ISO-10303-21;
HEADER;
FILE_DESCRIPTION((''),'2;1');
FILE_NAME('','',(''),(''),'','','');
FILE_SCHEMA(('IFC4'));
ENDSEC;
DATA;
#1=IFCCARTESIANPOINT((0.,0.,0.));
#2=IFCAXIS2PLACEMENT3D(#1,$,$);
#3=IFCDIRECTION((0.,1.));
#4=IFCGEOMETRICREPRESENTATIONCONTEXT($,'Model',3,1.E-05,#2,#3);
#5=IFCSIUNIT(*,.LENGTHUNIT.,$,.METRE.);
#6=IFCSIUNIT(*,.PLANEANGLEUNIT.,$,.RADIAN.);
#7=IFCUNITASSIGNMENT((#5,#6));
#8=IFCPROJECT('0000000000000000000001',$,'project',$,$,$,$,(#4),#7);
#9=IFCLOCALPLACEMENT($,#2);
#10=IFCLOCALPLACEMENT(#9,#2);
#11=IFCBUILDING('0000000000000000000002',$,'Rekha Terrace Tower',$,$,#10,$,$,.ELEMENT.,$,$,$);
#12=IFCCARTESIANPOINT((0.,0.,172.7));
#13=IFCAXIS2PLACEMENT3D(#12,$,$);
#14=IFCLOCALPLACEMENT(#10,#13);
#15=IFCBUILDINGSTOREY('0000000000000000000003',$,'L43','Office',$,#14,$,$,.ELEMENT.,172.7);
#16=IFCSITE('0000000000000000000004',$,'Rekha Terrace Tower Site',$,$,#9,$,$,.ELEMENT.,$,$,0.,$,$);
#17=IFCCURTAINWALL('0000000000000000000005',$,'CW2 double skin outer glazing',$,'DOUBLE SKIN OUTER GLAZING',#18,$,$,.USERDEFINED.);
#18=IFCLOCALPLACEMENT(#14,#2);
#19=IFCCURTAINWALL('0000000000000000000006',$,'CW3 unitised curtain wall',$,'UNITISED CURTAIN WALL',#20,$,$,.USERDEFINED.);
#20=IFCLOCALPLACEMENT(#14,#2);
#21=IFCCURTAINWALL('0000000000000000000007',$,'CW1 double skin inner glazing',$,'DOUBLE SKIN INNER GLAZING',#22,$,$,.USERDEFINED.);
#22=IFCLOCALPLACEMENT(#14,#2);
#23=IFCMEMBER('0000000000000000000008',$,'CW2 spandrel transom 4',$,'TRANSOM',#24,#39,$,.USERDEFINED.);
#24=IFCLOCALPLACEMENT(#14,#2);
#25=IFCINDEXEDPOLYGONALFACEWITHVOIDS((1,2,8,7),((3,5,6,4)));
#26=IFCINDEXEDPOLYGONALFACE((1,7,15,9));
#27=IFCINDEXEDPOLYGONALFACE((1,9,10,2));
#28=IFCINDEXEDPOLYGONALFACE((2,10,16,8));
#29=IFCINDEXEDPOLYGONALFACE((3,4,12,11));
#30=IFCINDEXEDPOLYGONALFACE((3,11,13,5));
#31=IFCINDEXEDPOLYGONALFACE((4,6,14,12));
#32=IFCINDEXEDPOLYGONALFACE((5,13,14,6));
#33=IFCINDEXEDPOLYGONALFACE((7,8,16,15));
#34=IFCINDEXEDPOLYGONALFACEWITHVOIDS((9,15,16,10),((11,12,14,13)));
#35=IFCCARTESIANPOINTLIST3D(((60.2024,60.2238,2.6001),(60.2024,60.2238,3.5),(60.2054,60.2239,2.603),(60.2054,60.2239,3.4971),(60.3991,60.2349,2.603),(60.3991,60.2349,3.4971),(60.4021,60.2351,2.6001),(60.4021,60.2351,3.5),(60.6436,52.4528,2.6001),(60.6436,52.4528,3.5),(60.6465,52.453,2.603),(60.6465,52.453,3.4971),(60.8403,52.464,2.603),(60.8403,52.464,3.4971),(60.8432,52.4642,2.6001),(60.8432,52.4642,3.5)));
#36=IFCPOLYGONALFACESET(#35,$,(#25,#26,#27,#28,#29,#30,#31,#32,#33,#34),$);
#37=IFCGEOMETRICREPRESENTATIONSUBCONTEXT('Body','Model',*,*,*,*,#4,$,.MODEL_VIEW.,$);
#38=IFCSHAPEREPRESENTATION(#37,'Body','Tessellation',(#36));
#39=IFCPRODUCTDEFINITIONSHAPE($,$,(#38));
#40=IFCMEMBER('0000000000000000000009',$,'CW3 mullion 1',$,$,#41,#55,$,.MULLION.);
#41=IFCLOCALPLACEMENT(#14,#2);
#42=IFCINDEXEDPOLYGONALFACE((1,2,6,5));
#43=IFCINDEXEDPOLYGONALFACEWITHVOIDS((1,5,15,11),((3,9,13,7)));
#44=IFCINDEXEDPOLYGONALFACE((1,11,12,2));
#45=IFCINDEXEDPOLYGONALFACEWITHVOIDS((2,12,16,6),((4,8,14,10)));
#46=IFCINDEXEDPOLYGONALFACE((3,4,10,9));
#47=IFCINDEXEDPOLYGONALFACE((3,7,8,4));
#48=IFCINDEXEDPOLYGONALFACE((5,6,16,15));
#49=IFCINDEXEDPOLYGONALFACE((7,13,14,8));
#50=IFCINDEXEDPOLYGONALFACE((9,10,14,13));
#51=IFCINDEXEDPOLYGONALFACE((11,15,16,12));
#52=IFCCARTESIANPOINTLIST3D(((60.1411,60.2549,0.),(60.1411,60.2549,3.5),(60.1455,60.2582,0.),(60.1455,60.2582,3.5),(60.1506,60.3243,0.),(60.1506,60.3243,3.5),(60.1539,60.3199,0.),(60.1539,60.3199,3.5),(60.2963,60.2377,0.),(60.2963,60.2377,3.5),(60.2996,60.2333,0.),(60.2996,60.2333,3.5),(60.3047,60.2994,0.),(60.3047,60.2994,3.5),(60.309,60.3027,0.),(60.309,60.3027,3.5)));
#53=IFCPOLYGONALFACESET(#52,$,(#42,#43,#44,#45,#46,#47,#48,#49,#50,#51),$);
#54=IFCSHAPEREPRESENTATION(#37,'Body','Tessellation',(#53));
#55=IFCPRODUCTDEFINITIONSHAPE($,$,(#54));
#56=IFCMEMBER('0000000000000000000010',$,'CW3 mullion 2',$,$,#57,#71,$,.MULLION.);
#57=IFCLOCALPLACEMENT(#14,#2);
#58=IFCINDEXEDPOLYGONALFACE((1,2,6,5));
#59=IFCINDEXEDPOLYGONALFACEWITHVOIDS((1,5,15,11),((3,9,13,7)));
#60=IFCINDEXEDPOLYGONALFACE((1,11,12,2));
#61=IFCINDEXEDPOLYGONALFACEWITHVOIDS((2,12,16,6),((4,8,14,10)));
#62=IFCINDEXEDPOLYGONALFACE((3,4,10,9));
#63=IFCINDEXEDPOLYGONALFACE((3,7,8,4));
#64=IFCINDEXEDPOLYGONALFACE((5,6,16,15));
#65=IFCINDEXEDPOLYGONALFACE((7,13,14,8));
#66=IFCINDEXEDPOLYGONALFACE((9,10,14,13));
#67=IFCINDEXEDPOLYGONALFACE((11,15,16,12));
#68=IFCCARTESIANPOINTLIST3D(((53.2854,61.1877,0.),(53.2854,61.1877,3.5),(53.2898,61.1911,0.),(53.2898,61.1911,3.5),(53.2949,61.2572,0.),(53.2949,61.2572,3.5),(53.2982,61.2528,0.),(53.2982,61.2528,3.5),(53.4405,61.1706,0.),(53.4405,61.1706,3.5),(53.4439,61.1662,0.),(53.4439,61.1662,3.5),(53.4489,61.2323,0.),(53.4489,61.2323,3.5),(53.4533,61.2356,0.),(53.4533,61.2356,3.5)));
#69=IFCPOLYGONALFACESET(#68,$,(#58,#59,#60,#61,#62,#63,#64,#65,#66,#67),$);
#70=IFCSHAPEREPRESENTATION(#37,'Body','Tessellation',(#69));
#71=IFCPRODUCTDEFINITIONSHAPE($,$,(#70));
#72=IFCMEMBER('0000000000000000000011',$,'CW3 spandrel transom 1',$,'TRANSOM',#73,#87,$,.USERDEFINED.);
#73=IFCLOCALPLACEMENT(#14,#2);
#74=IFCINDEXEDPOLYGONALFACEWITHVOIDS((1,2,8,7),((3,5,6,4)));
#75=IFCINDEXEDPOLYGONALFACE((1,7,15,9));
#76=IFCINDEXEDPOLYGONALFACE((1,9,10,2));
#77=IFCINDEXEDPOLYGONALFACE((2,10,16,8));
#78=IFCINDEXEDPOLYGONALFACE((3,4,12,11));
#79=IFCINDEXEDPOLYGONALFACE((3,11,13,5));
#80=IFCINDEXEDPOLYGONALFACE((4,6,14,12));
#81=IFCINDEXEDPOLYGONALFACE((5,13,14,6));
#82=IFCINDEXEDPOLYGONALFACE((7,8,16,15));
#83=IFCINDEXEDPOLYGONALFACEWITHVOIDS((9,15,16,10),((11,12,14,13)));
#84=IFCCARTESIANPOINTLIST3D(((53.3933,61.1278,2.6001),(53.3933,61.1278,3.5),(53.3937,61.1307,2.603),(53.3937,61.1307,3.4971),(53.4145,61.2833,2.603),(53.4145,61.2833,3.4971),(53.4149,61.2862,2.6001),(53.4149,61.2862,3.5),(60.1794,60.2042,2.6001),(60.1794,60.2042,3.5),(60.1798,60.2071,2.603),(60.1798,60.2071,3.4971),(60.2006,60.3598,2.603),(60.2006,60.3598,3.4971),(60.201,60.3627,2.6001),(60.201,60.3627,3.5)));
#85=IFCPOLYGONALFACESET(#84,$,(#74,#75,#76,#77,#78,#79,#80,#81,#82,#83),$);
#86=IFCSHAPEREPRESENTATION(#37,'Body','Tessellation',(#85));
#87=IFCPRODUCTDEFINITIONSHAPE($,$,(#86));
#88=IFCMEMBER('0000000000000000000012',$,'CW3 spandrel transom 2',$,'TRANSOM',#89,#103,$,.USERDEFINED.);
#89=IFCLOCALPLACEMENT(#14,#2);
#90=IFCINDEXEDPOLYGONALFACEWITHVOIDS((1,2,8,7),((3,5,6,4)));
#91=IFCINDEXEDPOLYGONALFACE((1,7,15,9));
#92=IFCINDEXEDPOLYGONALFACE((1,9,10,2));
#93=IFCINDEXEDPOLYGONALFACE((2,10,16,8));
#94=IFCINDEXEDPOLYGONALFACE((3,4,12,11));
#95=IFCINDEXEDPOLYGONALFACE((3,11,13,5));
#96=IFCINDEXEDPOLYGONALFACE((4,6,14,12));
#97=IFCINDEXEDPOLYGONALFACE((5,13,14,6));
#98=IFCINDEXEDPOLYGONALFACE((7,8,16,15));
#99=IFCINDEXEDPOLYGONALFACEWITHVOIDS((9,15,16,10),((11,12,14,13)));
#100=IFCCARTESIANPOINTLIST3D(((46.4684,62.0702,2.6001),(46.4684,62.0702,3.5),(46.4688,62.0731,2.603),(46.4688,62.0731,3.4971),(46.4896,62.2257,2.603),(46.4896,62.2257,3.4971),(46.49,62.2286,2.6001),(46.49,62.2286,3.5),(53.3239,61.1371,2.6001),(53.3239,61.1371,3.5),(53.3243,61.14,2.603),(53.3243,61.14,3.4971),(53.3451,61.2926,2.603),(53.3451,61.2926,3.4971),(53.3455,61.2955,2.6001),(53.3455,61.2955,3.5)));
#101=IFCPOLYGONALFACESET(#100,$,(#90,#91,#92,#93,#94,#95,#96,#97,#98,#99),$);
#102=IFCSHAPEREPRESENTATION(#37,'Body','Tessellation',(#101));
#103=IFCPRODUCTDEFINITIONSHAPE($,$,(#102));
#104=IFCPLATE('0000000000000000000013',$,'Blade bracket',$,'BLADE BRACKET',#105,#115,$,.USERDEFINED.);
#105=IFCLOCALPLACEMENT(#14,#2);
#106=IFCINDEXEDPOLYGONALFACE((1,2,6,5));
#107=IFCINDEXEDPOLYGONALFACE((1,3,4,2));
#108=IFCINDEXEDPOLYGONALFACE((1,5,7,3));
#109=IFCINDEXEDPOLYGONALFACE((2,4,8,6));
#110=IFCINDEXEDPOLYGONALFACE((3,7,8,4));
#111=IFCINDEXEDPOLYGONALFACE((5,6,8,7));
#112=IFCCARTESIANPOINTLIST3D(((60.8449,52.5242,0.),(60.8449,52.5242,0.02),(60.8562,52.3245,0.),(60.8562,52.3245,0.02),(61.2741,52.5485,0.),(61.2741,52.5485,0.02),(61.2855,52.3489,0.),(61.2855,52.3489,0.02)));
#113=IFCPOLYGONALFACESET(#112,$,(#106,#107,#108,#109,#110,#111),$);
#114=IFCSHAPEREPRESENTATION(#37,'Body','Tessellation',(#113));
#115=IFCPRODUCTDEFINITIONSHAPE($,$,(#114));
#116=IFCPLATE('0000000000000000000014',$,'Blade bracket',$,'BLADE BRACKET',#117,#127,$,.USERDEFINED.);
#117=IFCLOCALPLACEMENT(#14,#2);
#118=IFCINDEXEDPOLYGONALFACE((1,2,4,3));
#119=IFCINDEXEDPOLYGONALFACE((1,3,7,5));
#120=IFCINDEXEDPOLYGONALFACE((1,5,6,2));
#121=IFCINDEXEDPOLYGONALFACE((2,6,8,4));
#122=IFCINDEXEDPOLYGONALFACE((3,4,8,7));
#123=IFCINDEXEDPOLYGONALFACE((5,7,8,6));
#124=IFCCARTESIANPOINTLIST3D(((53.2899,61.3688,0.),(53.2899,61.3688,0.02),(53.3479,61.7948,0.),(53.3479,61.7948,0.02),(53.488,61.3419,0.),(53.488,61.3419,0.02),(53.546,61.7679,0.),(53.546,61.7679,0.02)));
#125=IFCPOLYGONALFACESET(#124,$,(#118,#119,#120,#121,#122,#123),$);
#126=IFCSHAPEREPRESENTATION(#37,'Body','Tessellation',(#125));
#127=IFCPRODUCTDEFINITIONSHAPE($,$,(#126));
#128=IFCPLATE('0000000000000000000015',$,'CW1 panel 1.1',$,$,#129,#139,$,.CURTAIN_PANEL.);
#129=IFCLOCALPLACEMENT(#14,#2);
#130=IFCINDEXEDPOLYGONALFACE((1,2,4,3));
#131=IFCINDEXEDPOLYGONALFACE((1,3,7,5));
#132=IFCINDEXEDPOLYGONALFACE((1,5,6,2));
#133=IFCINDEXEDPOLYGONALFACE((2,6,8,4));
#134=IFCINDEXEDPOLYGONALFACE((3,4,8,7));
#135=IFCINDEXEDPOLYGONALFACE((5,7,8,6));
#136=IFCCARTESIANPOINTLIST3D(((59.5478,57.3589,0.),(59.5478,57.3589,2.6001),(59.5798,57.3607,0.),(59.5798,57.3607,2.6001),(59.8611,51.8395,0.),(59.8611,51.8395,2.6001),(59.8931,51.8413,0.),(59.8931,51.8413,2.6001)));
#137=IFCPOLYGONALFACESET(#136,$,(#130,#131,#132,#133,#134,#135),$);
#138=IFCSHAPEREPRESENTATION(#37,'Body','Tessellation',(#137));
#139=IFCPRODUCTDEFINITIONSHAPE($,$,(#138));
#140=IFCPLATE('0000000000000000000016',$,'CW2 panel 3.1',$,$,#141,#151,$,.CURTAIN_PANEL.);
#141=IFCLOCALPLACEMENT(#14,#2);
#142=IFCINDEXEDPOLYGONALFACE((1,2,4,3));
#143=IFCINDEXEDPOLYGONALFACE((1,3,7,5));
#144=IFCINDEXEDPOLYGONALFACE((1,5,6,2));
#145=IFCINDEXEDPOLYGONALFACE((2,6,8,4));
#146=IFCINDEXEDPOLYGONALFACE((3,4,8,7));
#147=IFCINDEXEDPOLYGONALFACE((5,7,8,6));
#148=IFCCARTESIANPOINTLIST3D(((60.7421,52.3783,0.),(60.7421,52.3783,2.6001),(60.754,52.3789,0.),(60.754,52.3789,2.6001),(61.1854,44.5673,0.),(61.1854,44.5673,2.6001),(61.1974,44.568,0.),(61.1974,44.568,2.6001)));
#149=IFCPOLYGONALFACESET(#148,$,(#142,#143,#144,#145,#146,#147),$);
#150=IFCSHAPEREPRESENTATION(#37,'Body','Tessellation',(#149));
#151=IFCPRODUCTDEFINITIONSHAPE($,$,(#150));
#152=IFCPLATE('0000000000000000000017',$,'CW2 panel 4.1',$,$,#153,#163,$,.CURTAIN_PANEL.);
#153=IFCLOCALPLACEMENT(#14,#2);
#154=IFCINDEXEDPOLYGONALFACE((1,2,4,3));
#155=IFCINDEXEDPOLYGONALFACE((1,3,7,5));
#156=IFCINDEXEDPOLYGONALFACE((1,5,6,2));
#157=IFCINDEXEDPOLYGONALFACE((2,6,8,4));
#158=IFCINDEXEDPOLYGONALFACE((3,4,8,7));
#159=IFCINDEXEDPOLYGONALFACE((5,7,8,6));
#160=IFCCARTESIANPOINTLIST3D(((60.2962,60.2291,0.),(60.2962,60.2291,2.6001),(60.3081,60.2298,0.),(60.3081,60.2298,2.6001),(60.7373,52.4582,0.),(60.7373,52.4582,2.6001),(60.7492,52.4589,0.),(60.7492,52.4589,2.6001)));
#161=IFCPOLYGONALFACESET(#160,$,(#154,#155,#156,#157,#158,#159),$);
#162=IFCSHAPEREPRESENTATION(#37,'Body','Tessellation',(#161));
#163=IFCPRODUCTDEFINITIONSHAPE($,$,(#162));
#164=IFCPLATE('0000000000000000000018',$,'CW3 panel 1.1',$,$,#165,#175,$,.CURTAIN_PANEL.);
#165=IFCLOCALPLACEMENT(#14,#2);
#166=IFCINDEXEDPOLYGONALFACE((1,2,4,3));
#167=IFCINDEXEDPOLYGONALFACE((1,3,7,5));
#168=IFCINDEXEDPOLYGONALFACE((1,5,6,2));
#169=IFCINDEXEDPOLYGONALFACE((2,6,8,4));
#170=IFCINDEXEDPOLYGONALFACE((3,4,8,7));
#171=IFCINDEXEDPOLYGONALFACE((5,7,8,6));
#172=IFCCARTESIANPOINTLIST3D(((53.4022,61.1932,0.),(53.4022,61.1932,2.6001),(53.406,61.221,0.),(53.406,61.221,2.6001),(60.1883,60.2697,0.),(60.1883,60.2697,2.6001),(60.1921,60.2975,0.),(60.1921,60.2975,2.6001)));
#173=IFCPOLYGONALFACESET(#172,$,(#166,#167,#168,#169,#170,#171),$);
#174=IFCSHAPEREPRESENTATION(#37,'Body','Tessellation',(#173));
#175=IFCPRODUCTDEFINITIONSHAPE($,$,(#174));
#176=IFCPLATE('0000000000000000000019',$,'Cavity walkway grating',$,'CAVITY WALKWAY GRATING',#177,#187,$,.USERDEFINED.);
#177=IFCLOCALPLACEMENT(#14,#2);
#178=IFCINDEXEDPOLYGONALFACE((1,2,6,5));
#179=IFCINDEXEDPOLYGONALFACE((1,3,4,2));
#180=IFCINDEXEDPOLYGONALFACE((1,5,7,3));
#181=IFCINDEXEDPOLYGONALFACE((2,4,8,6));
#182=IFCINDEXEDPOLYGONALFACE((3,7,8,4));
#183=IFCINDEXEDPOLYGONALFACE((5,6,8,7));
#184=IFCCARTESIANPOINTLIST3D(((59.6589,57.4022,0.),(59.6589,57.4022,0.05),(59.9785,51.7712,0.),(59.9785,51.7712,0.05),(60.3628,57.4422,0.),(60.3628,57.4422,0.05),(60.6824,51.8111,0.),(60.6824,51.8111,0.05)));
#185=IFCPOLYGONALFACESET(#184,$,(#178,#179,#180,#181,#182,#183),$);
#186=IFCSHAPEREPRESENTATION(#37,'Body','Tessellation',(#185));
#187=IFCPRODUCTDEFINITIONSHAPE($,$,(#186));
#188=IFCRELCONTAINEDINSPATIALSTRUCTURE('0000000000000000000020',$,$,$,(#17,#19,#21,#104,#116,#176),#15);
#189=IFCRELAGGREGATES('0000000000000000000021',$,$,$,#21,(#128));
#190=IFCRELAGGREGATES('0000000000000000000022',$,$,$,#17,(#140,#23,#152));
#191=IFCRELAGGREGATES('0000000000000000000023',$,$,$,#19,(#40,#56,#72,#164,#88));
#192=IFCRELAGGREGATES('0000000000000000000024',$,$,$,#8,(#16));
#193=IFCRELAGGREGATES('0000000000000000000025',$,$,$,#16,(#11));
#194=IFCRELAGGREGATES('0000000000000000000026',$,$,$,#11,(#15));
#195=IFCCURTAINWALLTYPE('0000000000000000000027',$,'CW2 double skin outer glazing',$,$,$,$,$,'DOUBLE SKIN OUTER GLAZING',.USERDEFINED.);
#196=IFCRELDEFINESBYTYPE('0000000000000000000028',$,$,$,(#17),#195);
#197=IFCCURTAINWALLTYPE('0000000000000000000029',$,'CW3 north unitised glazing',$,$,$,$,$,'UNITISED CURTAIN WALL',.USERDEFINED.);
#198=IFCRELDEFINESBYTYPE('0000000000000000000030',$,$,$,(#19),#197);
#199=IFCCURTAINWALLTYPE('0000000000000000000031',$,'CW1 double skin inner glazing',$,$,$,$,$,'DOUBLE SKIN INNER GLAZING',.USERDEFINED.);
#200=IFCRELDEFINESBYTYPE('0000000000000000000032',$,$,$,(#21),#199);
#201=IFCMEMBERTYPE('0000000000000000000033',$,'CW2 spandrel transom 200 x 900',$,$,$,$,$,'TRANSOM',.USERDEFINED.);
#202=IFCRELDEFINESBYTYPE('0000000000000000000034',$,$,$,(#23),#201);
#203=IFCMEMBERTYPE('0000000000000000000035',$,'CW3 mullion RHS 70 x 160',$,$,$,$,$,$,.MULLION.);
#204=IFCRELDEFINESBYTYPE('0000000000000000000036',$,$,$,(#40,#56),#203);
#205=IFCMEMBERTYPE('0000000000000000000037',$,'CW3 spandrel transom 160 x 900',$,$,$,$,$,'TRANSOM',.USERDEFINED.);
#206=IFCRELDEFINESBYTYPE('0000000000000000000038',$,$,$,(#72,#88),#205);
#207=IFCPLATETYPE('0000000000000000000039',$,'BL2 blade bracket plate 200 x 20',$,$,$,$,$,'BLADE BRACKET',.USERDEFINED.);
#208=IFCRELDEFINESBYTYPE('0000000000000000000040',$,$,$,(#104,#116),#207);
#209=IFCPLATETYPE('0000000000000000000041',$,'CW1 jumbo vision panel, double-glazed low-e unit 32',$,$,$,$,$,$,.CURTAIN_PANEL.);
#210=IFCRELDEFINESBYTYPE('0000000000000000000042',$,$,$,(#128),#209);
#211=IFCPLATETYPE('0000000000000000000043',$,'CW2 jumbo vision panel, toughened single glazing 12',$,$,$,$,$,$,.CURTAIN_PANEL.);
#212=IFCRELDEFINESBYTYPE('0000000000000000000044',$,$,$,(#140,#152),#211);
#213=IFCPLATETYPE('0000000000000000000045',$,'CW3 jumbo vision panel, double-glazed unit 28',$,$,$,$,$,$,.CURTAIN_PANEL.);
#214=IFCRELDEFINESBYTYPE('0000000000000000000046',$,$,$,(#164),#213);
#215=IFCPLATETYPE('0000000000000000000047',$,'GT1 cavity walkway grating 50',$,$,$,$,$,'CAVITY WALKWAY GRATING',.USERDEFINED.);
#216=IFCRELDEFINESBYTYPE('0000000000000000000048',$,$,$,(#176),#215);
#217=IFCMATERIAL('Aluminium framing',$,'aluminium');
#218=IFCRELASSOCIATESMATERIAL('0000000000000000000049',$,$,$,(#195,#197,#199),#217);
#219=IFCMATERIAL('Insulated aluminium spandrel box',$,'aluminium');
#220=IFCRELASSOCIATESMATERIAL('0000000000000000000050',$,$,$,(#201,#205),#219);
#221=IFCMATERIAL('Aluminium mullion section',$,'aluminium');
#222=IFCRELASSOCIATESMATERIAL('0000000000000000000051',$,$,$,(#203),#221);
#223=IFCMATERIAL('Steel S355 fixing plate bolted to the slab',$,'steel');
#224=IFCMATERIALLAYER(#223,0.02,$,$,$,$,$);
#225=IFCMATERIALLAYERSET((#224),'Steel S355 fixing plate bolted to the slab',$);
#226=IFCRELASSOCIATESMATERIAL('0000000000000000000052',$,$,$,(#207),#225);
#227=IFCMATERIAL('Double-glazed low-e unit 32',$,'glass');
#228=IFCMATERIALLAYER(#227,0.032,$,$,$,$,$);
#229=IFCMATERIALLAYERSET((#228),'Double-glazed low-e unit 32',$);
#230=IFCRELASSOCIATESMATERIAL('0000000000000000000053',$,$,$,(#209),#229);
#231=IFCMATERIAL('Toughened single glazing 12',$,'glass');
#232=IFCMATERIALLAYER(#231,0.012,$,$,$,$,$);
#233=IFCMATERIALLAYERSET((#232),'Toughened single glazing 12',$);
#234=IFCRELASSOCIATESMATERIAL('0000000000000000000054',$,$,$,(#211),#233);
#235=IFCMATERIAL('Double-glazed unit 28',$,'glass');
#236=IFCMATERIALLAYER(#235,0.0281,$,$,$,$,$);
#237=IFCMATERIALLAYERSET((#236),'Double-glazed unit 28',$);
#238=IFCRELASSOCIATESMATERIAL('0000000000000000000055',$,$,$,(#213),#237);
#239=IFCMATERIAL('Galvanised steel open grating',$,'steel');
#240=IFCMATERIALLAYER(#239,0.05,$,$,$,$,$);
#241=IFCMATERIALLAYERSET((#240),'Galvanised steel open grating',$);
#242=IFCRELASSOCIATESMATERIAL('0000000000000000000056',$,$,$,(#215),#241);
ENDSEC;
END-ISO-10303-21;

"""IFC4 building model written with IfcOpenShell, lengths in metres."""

from ifc_helpers import new_model, si_unit, direction, frame, origin, origin_2d, place, context, subcontext, project, spatial, rectangle, hollow_rectangle, extrude, material, layer, layer_set, material_profile, profile_set, type_object, element, aggregate, save


model = new_model("IFC4")

# Units and contexts
model_context = context("Model", 3, precision=1e-05, world=origin(), true_north=direction((0.0, 1.0)))
body_context = subcontext(model_context, "Body", "Model", "MODEL_VIEW")
ifc_project = project(units=[si_unit("LENGTHUNIT", "METRE"), si_unit("PLANEANGLEUNIT", "RADIAN")], contexts=[model_context])

# Site, building, storey
site_placement = place(None, origin())
site = spatial("IfcSite", under=ifc_project, at=site_placement, Name="Rekha Terrace Tower Site", CompositionType="ELEMENT", RefElevation=0.0)
building_placement = place(site_placement, origin())
building = spatial("IfcBuilding", under=site, at=building_placement, Name="Rekha Terrace Tower", CompositionType="ELEMENT")
storey_placement = place(building_placement, frame((0.0, 0.0, 172.7)))
storey = spatial("IfcBuildingStorey", under=building, at=storey_placement, Name="L43", Description="Office", CompositionType="ELEMENT", Elevation=172.7)

# Curtain walls
ifc_material_1 = material(Name="Aluminium framing", Category="aluminium")
curtain_wall_type_1 = type_object("IfcCurtainWallType", Name="CW2 double skin outer glazing", ElementType="DOUBLE SKIN OUTER GLAZING", PredefinedType="USERDEFINED", material=ifc_material_1)
curtain_wall_1_placement = place(storey_placement, origin())
curtain_wall_1 = element("IfcCurtainWall", 1, at=curtain_wall_1_placement, inside=storey, type_object=curtain_wall_type_1, Name="CW2 double skin outer glazing", ObjectType="DOUBLE SKIN OUTER GLAZING", PredefinedType="USERDEFINED")
curtain_wall_type_2 = type_object("IfcCurtainWallType", Name="CW3 north unitised glazing", ElementType="UNITISED CURTAIN WALL", PredefinedType="USERDEFINED", material=ifc_material_1)
curtain_wall_2_placement = place(storey_placement, origin())
curtain_wall_2 = element("IfcCurtainWall", 2, at=curtain_wall_2_placement, inside=storey, type_object=curtain_wall_type_2, Name="CW3 unitised curtain wall", ObjectType="UNITISED CURTAIN WALL", PredefinedType="USERDEFINED")
curtain_wall_type_3 = type_object("IfcCurtainWallType", Name="CW1 double skin inner glazing", ElementType="DOUBLE SKIN INNER GLAZING", PredefinedType="USERDEFINED", material=ifc_material_1)
ifc_material_2 = material(Name="Aluminium mullion section", Category="aluminium")

# Curtain wall
curtain_wall_3_placement = place(storey_placement, origin())
curtain_wall_3 = element("IfcCurtainWall", 3, at=curtain_wall_3_placement, inside=storey, type_object=curtain_wall_type_3, Name="CW1 double skin inner glazing", ObjectType="DOUBLE SKIN INNER GLAZING", PredefinedType="USERDEFINED")
ifc_material_3 = material(Name="Insulated aluminium spandrel box", Category="aluminium")

# Members
ifc_material_profile_1 = material_profile(ifc_material_3, hollow_rectangle(XDim=0.2, YDim=0.8999, WallThickness=0.0029, at=origin_2d()), Name="AL SPANDREL BOX 200x900")
ifc_profile_set_1 = profile_set([ifc_material_profile_1], Name="Insulated aluminium spandrel box")
member_type_1 = type_object("IfcMemberType", Name="CW2 spandrel transom 200 x 900", ElementType="TRANSOM", PredefinedType="USERDEFINED", material=ifc_profile_set_1)
member_1_placement = place(storey_placement, frame((60.7434, 52.4585, 3.05), z_axis=(-0.056679, 0.998392, 0.0), x_axis=(-0.998392, -0.056679, 0.0)))
member_1 = element("IfcMember", 4, at=member_1_placement, type_object=member_type_1, Name="CW2 spandrel transom 4", ObjectType="TRANSOM", PredefinedType="USERDEFINED", context=body_context, shape_type="SweptSolid", body=[
    extrude(hollow_rectangle(XDim=0.2, YDim=0.8999, WallThickness=0.0029, at=origin_2d()), origin(), (0.0, 0.0, 1.0), 7.7834),
])
ifc_material_profile_2 = material_profile(ifc_material_2, hollow_rectangle(XDim=0.0701, YDim=0.1599, WallThickness=0.0039, at=origin_2d()), Name="AL RHS 70x160")
ifc_profile_set_2 = profile_set([ifc_material_profile_2], Name="Aluminium mullion section")
member_type_2 = type_object("IfcMemberType", Name="CW3 mullion RHS 70 x 160", PredefinedType="MULLION", material=ifc_profile_set_2)
member_2_placement = place(storey_placement, frame((60.2251, 60.2788, 0.0), z_axis=(0.0, 0.0, 1.0), x_axis=(-0.134841, -0.990867, 0.0)))
member_2 = element("IfcMember", 5, at=member_2_placement, type_object=member_type_2, Name="CW3 mullion 1", PredefinedType="MULLION", context=body_context, shape_type="SweptSolid", body=[
    extrude(hollow_rectangle(XDim=0.0701, YDim=0.1599, WallThickness=0.0039, at=origin_2d()), origin(), (0.0, 0.0, 1.0), 3.5),
])
member_3_placement = place(storey_placement, frame((53.3694, 61.2117, 0.0), z_axis=(0.0, 0.0, 1.0), x_axis=(-0.134841, -0.990867, 0.0)))
member_3 = element("IfcMember", 6, at=member_3_placement, type_object=member_type_2, Name="CW3 mullion 2", PredefinedType="MULLION", context=body_context, shape_type="SweptSolid", body=[
    extrude(hollow_rectangle(XDim=0.0701, YDim=0.1599, WallThickness=0.0039, at=origin_2d()), origin(), (0.0, 0.0, 1.0), 3.5),
])
ifc_material_profile_3 = material_profile(ifc_material_3, hollow_rectangle(XDim=0.1599, YDim=0.8999, WallThickness=0.0029, at=origin_2d()), Name="AL SPANDREL BOX 160x900")
ifc_profile_set_3 = profile_set([ifc_material_profile_3], Name="Insulated aluminium spandrel box")
member_type_3 = type_object("IfcMemberType", Name="CW3 spandrel transom 160 x 900", ElementType="TRANSOM", PredefinedType="USERDEFINED", material=ifc_profile_set_3)
member_4_placement = place(storey_placement, frame((60.1902, 60.2834, 3.05), z_axis=(-0.990865, 0.134855, 0.0), x_axis=(-0.134855, -0.990865, 0.0)))
member_4 = element("IfcMember", 7, at=member_4_placement, type_object=member_type_3, Name="CW3 spandrel transom 1", ObjectType="TRANSOM", PredefinedType="USERDEFINED", context=body_context, shape_type="SweptSolid", body=[
    extrude(hollow_rectangle(XDim=0.1599, YDim=0.8999, WallThickness=0.0029, at=origin_2d()), origin(), (0.0, 0.0, 1.0), 6.8486),
])
member_5_placement = place(storey_placement, frame((53.3347, 61.2163, 3.05), z_axis=(-0.990864, 0.134868, 0.0), x_axis=(-0.134868, -0.990864, 0.0)))
member_5 = element("IfcMember", 8, at=member_5_placement, type_object=member_type_3, Name="CW3 spandrel transom 2", ObjectType="TRANSOM", PredefinedType="USERDEFINED", context=body_context, shape_type="SweptSolid", body=[
    extrude(hollow_rectangle(XDim=0.1599, YDim=0.8999, WallThickness=0.0029, at=origin_2d()), origin(), (0.0, 0.0, 1.0), 6.9187),
])

# Plates
ifc_material_4 = material(Name="Steel S355 fixing plate bolted to the slab", Category="steel")
ifc_layer_1 = layer(ifc_material_4, 0.02)
ifc_layer_set_1 = layer_set([ifc_layer_1], Name="Steel S355 fixing plate bolted to the slab")
plate_type_1 = type_object("IfcPlateType", Name="BL2 blade bracket plate 200 x 20", ElementType="BLADE BRACKET", PredefinedType="USERDEFINED", material=ifc_layer_set_1)
for number, where, z_axis, x_axis, name in (
    (9, (61.0652, 52.4365, 0.0), (0.0, 0.0, 1.0), (0.998393, 0.056674, 0.0), "Blade bracket"),
    (10, (53.418, 61.5684, 0.0), (0.0, 0.0, 1.0), (0.134841, 0.990867, 0.0), "Blade bracket"),
):
    element("IfcPlate", number, at=place(storey_placement, frame(where, z_axis=z_axis, x_axis=x_axis)), inside=storey, type_object=plate_type_1, Name=name, ObjectType="BLADE BRACKET", PredefinedType="USERDEFINED", context=body_context, shape_type="SweptSolid", body=[
        extrude(rectangle(XDim=0.4299, YDim=0.2, at=origin_2d()), origin(), (0.0, 0.0, 1.0), 0.02),
    ])

# Plates
ifc_material_5 = material(Name="Double-glazed low-e unit 32", Category="glass")
ifc_layer_2 = layer(ifc_material_5, 0.032)
ifc_layer_set_2 = layer_set([ifc_layer_2], Name="Double-glazed low-e unit 32")
plate_type_2 = type_object("IfcPlateType", Name="CW1 jumbo vision panel, double-glazed low-e unit 32", PredefinedType="CURTAIN_PANEL", material=ifc_layer_set_2)
plate_1_placement = place(storey_placement, frame((59.7205, 54.6001, 0.0), z_axis=(0.0, 0.0, 1.0), x_axis=(-0.056673, 0.998393, 0.0)))
plate_1 = element("IfcPlate", 11, at=plate_1_placement, type_object=plate_type_2, Name="CW1 panel 1.1", PredefinedType="CURTAIN_PANEL", context=body_context, shape_type="SweptSolid", body=[
    extrude(rectangle(XDim=5.5283, YDim=0.032, at=origin_2d()), origin(), (0.0, 0.0, 1.0), 2.6001),
])
aggregate(curtain_wall_3, [plate_1])
ifc_material_6 = material(Name="Toughened single glazing 12", Category="glass")
ifc_layer_3 = layer(ifc_material_6, 0.012)
ifc_layer_set_3 = layer_set([ifc_layer_3], Name="Toughened single glazing 12")
plate_type_3 = type_object("IfcPlateType", Name="CW2 jumbo vision panel, toughened single glazing 12", PredefinedType="CURTAIN_PANEL", material=ifc_layer_set_3)
plate_2_placement = place(storey_placement, frame((60.9697, 48.4731, 0.0), z_axis=(0.0, 0.0, 1.0), x_axis=(-0.056673, 0.998393, 0.0)))
plate_2 = element("IfcPlate", 12, at=plate_2_placement, type_object=plate_type_3, Name="CW2 panel 3.1", PredefinedType="CURTAIN_PANEL", context=body_context, shape_type="SweptSolid", body=[
    extrude(rectangle(XDim=7.8235, YDim=0.012, at=origin_2d()), origin(), (0.0, 0.0, 1.0), 2.6001),
])
plate_3_placement = place(storey_placement, frame((60.5227, 56.344, 0.0), z_axis=(0.0, 0.0, 1.0), x_axis=(-0.056673, 0.998393, 0.0)))
plate_3 = element("IfcPlate", 13, at=plate_3_placement, type_object=plate_type_3, Name="CW2 panel 4.1", PredefinedType="CURTAIN_PANEL", context=body_context, shape_type="SweptSolid", body=[
    extrude(rectangle(XDim=7.7834, YDim=0.012, at=origin_2d()), origin(), (0.0, 0.0, 1.0), 2.6001),
])
aggregate(curtain_wall_1, [plate_2, member_1, plate_3])
ifc_material_7 = material(Name="Double-glazed unit 28", Category="glass")
ifc_layer_4 = layer(ifc_material_7, 0.0281)
ifc_layer_set_4 = layer_set([ifc_layer_4], Name="Double-glazed unit 28")
plate_type_4 = type_object("IfcPlateType", Name="CW3 jumbo vision panel, double-glazed unit 28", PredefinedType="CURTAIN_PANEL", material=ifc_layer_set_4)
plate_4_placement = place(storey_placement, frame((56.7971, 60.7454, 0.0), z_axis=(0.0, 0.0, 1.0), x_axis=(-0.990867, 0.134841, 0.0)))
plate_4 = element("IfcPlate", 14, at=plate_4_placement, type_object=plate_type_4, Name="CW3 panel 1.1", PredefinedType="CURTAIN_PANEL", context=body_context, shape_type="SweptSolid", body=[
    extrude(rectangle(XDim=6.8486, YDim=0.0281, at=origin_2d()), origin(), (0.0, 0.0, 1.0), 2.6001),
])
aggregate(curtain_wall_2, [member_2, member_3, member_4, plate_4, member_5])
ifc_material_8 = material(Name="Galvanised steel open grating", Category="steel")
ifc_layer_5 = layer(ifc_material_8, 0.05)
ifc_layer_set_5 = layer_set([ifc_layer_5], Name="Galvanised steel open grating")
plate_type_5 = type_object("IfcPlateType", Name="GT1 cavity walkway grating 50", ElementType="CAVITY WALKWAY GRATING", PredefinedType="USERDEFINED", material=ifc_layer_set_5)
plate_5_placement = place(storey_placement, frame((60.1707, 54.6067, 0.0), z_axis=(0.0, 0.0, 1.0), x_axis=(-0.056673, 0.998393, 0.0)))
element("IfcPlate", 15, at=plate_5_placement, inside=storey, type_object=plate_type_5, Name="Cavity walkway grating", ObjectType="CAVITY WALKWAY GRATING", PredefinedType="USERDEFINED", context=body_context, shape_type="SweptSolid", body=[
    extrude(rectangle(XDim=5.6401, YDim=0.7051, at=origin_2d()), origin(), (0.0, 0.0, 1.0), 0.05),
])

save(model, "model.ifc")
